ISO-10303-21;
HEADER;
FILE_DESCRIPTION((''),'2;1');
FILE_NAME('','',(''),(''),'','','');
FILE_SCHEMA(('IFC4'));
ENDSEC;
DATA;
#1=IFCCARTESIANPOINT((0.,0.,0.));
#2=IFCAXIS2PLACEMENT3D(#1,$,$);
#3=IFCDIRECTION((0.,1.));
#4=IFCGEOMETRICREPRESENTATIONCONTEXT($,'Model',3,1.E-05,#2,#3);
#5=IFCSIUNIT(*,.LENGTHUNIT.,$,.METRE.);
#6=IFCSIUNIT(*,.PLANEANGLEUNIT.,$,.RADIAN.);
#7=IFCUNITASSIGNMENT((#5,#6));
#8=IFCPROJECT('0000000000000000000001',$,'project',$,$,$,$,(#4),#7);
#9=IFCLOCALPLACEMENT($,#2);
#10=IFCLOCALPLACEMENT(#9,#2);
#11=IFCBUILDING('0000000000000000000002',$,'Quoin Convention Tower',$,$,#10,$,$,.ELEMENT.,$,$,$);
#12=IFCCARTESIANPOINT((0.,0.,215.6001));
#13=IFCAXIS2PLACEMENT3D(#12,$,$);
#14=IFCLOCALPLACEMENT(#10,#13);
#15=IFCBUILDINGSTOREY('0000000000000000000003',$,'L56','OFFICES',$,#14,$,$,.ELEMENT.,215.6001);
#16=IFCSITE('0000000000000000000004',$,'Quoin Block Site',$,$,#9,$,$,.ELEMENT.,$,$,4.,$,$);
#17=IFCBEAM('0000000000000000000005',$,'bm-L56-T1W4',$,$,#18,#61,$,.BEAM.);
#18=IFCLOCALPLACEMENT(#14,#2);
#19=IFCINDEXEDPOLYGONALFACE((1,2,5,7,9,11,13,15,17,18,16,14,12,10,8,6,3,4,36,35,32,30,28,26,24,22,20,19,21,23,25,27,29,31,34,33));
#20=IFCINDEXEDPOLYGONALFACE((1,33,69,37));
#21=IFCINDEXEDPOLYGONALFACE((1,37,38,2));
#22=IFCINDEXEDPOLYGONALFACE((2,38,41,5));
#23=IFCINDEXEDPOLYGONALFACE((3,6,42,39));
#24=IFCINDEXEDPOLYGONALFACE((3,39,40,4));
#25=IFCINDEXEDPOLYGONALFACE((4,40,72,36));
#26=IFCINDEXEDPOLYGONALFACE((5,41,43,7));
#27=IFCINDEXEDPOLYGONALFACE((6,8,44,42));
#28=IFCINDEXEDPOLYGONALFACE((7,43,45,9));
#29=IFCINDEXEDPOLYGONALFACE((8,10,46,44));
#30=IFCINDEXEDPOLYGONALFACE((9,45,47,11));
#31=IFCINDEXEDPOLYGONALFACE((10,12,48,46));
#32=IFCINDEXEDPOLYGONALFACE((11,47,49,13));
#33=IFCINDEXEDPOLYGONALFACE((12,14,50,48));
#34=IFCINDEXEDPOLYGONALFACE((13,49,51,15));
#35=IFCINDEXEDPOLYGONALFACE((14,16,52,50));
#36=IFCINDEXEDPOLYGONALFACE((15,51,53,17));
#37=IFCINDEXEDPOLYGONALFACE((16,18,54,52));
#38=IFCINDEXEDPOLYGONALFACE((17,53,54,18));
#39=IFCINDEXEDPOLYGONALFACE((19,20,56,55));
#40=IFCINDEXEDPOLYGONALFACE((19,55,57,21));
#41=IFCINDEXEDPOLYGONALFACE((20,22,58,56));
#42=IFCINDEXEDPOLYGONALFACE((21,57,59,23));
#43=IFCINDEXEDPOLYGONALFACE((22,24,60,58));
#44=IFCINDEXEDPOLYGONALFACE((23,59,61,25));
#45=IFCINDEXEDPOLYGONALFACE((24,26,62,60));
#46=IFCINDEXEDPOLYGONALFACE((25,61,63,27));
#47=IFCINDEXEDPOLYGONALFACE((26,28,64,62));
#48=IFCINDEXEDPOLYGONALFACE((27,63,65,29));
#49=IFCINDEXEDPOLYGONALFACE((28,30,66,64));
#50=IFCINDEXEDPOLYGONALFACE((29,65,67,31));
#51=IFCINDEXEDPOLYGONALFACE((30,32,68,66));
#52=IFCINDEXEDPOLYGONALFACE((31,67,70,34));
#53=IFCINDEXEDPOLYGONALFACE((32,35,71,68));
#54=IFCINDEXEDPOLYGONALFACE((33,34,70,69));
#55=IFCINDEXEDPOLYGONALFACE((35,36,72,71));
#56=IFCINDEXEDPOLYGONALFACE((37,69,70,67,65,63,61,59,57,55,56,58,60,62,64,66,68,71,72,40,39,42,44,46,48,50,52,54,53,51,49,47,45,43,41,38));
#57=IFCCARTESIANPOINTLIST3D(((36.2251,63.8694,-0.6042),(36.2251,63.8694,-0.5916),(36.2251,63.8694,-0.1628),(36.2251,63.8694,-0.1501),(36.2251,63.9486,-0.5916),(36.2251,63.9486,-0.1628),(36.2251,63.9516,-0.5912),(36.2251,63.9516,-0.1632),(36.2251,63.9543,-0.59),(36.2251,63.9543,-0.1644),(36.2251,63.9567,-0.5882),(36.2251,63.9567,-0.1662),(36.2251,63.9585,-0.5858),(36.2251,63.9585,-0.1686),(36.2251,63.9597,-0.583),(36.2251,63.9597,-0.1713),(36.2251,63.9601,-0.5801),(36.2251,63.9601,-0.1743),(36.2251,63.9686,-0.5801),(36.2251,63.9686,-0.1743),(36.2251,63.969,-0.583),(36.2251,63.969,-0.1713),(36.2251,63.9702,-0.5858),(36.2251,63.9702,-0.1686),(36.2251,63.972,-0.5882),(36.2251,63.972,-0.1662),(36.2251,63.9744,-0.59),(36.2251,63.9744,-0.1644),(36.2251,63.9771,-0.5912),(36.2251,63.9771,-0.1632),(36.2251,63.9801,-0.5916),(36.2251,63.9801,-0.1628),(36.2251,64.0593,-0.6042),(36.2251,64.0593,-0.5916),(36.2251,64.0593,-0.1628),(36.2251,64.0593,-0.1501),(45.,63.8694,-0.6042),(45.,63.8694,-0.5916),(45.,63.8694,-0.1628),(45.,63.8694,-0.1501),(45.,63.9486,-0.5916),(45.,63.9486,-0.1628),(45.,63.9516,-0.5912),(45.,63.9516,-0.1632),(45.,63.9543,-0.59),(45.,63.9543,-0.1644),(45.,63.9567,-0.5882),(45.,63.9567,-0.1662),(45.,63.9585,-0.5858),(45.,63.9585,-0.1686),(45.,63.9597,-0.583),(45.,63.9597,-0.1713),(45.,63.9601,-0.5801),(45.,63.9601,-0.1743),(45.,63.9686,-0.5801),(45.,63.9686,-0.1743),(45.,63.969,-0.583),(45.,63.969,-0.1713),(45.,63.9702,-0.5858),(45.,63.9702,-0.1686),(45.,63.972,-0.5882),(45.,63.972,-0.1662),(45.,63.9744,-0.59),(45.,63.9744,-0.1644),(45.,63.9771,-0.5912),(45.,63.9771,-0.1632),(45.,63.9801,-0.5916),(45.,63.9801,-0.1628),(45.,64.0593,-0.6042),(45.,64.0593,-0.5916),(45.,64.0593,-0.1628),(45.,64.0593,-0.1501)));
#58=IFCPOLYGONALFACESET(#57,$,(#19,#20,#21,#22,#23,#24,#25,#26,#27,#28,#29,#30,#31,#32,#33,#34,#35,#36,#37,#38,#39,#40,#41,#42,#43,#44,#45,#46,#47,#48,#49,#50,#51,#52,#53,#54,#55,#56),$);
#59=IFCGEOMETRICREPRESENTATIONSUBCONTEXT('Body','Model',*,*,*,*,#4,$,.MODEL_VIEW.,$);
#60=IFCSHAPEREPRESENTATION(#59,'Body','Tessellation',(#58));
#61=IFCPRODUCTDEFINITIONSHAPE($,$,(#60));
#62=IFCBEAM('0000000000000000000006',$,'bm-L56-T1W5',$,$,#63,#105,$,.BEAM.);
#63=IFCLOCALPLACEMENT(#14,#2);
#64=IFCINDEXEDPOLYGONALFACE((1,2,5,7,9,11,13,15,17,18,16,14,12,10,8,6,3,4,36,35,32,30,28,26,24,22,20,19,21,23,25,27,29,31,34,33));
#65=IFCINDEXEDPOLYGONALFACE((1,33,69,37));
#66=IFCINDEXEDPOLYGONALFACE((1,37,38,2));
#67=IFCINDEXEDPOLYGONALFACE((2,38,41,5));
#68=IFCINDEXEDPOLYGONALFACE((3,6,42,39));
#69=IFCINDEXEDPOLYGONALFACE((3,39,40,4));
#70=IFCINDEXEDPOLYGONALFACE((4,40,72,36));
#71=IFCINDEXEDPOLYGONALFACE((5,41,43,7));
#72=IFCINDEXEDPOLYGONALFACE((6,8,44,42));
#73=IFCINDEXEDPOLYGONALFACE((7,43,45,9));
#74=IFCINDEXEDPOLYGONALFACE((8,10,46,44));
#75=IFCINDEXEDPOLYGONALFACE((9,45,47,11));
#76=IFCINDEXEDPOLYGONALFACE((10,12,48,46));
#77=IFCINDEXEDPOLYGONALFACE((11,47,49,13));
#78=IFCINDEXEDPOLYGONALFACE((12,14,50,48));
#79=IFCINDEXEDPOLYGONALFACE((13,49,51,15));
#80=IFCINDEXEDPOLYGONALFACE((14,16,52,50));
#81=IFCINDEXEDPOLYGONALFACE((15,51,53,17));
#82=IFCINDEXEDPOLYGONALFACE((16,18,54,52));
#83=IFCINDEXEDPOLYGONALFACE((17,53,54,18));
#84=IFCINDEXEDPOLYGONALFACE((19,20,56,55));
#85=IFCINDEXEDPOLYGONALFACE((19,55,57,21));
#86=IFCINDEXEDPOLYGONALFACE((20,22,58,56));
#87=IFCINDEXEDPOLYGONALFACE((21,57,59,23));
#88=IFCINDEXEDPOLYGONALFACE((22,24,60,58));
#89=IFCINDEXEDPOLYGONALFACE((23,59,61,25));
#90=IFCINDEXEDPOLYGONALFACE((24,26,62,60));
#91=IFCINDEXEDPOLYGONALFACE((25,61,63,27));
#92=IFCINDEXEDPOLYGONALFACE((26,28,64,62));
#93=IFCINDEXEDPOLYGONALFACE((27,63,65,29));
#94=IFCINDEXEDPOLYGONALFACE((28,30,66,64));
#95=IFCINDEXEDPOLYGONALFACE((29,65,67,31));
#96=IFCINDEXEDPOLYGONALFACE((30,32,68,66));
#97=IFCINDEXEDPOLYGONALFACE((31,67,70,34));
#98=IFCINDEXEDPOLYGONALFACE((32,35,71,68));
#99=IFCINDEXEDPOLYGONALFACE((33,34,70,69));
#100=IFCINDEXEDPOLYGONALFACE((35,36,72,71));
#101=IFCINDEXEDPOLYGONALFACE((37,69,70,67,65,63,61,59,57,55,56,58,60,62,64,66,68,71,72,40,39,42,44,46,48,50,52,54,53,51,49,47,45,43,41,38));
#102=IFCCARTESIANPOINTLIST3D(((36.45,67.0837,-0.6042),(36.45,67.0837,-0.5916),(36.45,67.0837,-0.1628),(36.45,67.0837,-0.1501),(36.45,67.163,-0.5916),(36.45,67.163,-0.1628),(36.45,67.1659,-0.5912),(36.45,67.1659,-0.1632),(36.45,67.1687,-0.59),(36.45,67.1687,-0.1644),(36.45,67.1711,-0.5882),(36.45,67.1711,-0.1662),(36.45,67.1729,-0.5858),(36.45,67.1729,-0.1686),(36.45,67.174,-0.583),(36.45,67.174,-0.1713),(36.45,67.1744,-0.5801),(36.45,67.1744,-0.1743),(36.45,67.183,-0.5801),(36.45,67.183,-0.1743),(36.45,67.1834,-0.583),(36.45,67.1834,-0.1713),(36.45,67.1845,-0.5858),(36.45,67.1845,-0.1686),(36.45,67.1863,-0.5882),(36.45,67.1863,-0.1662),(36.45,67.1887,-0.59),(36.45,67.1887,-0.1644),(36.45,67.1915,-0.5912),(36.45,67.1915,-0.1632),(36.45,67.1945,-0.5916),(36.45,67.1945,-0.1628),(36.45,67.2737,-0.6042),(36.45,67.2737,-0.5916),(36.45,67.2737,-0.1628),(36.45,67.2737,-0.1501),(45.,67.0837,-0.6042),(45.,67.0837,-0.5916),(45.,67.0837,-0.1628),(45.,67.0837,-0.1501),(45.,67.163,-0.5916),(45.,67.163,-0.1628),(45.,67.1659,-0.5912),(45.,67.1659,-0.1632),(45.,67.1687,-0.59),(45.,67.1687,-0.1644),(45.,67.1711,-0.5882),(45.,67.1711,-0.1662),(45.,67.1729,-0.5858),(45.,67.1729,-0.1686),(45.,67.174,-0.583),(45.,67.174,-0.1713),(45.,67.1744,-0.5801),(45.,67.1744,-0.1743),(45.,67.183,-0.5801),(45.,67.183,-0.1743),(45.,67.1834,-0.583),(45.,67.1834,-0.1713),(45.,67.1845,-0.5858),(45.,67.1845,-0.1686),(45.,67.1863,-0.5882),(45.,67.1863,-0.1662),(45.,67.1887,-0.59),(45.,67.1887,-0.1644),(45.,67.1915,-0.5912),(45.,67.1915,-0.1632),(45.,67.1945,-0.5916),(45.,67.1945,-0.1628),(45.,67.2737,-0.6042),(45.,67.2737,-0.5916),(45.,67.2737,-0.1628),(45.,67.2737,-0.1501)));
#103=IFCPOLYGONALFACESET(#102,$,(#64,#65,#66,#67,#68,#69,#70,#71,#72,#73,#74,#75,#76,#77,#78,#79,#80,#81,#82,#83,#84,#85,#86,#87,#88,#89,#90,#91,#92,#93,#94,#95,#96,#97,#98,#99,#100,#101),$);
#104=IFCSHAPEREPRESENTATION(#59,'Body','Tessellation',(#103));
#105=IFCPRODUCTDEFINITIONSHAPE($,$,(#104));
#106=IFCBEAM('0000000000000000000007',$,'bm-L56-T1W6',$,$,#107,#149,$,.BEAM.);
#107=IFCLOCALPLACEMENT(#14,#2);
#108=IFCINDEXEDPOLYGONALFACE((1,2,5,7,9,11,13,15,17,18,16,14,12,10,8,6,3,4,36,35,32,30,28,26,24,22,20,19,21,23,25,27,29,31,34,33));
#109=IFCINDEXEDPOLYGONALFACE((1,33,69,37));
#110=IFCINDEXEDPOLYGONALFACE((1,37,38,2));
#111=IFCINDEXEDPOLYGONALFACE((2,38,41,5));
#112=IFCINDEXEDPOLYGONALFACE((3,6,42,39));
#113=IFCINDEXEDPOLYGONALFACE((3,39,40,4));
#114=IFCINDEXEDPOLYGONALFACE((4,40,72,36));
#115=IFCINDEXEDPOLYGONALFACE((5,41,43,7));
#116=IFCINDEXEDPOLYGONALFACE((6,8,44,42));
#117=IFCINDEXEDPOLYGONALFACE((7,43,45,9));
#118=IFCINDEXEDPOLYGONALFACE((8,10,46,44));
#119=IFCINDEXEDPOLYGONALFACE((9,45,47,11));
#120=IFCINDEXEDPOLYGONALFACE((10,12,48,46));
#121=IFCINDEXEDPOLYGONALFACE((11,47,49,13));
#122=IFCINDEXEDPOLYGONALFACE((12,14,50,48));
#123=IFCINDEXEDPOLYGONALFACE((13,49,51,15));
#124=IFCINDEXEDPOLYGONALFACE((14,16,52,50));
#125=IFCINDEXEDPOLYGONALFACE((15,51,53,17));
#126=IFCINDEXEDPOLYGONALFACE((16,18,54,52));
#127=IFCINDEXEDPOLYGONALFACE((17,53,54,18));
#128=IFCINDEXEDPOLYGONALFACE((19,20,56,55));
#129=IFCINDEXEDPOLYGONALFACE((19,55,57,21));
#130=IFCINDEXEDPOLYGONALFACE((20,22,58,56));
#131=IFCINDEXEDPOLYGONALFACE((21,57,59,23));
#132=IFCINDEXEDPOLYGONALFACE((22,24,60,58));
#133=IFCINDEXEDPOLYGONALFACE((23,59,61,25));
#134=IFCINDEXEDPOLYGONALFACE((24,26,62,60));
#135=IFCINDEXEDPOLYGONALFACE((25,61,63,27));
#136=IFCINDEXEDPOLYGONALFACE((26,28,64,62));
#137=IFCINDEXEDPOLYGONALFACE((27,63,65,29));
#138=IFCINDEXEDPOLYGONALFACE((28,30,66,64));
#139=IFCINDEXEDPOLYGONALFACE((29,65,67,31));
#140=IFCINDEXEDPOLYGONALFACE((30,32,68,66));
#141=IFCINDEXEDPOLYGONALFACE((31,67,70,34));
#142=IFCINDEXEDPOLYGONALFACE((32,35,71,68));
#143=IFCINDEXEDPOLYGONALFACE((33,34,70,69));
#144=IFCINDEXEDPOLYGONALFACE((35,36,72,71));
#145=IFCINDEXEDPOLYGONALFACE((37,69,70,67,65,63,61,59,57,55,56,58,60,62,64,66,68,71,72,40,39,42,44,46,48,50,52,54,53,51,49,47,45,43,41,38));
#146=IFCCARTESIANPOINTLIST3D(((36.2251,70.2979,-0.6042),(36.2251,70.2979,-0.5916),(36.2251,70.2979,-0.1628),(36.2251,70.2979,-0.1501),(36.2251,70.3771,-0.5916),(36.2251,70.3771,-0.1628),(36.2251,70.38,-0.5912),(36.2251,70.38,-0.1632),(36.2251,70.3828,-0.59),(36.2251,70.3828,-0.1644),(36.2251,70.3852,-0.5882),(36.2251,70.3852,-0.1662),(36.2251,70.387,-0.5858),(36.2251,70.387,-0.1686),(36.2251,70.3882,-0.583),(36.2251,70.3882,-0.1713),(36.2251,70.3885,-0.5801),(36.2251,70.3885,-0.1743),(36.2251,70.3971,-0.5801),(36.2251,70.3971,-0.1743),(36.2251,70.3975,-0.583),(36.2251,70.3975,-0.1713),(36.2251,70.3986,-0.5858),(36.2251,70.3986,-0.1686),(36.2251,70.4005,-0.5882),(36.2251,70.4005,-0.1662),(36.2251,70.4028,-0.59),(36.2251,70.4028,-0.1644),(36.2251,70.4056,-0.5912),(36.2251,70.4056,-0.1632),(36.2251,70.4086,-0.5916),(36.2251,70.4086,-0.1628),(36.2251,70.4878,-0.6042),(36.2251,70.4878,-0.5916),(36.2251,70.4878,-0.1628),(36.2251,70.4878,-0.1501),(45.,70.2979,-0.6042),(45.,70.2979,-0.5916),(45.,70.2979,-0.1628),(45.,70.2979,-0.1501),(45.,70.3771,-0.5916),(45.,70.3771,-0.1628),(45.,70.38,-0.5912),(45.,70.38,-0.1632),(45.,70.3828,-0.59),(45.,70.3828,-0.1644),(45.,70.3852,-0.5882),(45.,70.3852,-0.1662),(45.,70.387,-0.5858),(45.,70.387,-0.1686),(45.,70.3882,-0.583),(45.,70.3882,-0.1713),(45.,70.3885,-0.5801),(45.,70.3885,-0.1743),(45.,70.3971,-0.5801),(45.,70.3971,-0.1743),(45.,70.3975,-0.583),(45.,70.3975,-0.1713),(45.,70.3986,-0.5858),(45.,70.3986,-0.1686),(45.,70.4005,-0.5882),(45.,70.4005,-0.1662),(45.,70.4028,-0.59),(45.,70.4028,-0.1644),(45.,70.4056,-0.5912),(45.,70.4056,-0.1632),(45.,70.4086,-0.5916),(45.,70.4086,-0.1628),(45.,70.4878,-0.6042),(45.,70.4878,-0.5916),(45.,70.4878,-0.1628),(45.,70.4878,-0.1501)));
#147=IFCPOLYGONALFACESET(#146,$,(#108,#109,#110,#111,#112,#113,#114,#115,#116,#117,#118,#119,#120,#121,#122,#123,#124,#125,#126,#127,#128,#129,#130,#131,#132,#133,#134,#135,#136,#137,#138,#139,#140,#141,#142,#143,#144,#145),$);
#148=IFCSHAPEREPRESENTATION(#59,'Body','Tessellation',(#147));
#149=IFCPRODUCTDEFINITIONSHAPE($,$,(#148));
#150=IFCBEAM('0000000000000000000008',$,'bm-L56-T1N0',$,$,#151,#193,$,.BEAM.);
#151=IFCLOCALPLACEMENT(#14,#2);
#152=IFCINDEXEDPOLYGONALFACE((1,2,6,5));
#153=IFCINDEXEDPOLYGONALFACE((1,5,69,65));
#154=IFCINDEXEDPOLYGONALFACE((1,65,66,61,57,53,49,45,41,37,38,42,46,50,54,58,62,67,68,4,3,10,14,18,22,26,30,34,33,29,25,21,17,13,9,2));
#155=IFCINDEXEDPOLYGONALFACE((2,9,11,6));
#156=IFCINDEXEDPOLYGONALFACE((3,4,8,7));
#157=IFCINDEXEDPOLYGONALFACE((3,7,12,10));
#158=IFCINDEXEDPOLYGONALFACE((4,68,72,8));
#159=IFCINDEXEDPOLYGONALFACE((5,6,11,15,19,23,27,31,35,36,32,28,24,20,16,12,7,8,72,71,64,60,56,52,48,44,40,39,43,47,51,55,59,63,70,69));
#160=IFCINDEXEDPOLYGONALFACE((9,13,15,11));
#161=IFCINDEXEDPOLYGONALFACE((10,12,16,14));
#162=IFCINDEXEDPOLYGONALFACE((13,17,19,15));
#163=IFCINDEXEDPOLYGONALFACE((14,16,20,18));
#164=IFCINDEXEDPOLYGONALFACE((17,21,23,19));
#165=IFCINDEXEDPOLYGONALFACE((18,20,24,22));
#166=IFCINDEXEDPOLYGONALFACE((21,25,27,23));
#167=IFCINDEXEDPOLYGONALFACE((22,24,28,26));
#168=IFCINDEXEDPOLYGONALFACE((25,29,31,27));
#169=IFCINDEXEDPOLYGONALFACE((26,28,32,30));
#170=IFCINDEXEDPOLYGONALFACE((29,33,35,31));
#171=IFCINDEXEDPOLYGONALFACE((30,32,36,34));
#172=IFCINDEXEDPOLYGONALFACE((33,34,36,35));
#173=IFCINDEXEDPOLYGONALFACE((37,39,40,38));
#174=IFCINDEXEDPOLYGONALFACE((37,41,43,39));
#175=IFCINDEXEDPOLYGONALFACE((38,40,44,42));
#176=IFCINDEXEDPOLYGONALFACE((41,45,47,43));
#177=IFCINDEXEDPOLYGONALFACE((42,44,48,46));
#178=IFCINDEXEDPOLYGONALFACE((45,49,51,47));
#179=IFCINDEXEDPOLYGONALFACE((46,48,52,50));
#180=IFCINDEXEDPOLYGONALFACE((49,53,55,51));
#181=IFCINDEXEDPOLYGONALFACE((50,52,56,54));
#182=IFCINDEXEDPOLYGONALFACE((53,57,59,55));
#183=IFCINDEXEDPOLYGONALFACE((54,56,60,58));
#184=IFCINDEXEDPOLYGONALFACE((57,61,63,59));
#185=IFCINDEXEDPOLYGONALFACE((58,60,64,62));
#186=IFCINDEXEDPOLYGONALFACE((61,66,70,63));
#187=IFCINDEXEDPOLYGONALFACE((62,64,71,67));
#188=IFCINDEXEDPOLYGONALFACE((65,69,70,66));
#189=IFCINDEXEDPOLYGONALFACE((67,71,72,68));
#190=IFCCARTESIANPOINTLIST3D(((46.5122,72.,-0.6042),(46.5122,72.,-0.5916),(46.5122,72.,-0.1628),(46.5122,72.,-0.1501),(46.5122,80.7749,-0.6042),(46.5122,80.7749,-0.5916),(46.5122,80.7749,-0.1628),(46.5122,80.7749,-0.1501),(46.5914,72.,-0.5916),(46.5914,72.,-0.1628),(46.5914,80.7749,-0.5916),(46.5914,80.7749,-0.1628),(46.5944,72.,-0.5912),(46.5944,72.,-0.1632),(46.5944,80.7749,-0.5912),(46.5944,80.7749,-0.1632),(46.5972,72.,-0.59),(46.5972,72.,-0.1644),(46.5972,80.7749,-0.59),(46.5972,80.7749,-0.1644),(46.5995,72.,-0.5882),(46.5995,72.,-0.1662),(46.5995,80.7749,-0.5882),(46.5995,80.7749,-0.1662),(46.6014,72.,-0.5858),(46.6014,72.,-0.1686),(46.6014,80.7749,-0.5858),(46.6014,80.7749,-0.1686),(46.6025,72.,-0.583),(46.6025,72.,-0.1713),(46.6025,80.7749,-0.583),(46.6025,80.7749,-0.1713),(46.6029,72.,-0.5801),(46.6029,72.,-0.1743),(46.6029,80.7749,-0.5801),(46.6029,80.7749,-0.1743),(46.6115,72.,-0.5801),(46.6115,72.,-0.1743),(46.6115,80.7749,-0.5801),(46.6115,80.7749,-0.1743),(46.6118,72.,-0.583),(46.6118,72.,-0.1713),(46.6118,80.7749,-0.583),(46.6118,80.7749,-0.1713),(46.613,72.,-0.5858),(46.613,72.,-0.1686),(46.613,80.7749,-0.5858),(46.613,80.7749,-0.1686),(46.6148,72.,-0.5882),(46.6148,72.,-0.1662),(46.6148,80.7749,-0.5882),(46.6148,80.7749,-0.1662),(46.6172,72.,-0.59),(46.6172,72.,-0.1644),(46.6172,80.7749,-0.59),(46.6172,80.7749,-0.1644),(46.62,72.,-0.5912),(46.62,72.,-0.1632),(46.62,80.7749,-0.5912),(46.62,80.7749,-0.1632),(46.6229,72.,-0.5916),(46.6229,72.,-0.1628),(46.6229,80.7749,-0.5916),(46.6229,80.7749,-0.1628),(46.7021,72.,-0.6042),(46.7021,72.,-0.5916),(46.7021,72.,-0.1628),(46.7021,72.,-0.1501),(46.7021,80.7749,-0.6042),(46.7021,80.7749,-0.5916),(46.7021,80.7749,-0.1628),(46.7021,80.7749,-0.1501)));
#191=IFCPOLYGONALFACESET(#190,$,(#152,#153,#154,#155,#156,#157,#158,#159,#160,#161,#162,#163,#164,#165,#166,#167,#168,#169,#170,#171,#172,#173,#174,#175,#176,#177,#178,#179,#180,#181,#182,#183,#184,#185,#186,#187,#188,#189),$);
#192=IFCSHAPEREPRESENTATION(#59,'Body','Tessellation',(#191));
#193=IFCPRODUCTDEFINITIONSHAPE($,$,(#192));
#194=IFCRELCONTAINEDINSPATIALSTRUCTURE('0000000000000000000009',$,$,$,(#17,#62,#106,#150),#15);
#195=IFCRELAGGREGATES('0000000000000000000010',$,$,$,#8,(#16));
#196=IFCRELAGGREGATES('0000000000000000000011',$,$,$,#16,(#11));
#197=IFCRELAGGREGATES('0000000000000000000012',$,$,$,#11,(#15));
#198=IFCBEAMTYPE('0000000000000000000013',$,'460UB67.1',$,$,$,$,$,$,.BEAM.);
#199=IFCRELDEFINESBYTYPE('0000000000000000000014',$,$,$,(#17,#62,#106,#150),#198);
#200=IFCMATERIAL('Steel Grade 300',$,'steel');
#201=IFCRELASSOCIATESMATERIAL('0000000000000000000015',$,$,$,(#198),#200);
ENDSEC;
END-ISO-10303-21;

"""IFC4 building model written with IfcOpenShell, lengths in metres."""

from ifc_helpers import new_model, si_unit, direction, frame, origin, origin_2d, place, context, subcontext, project, spatial, i_section, extrude, material, material_profile, profile_set, type_object, element, save


model = new_model("IFC4")

# Units and contexts
model_context = context("Model", 3, precision=1e-05, world=origin(), true_north=direction((0.0, 1.0)))
body_context = subcontext(model_context, "Body", "Model", "MODEL_VIEW")
ifc_project = project(units=[si_unit("LENGTHUNIT", "METRE"), si_unit("PLANEANGLEUNIT", "RADIAN")], contexts=[model_context])

# Site, building, storey
site_placement = place(None, origin())
site = spatial("IfcSite", under=ifc_project, at=site_placement, Name="Quoin Block Site", CompositionType="ELEMENT", RefElevation=4.0)
building_placement = place(site_placement, origin())
building = spatial("IfcBuilding", under=site, at=building_placement, Name="Quoin Convention Tower", CompositionType="ELEMENT")
storey_placement = place(building_placement, frame((0.0, 0.0, 215.6001)))
storey = spatial("IfcBuildingStorey", under=building, at=storey_placement, Name="L56", Description="OFFICES", CompositionType="ELEMENT", Elevation=215.6001)

# Beams
ifc_material_1 = material(Name="Steel Grade 300", Category="steel")
ifc_material_profile = material_profile(ifc_material_1, i_section(OverallWidth=0.1899, OverallDepth=0.4541, WebThickness=0.0085, FlangeThickness=0.0127, FilletRadius=0.0115, at=origin_2d()), Name="460UB67.1")
ifc_profile_set = profile_set([ifc_material_profile], Name="Steel Grade 300")
beam_type = type_object("IfcBeamType", Name="460UB67.1", PredefinedType="BEAM", material=ifc_profile_set)
beam_1_placement = place(storey_placement, frame((36.2251, 63.9644, -0.3772), z_axis=(1.0, 0.0, 0.0), x_axis=(0.0, 1.0, 0.0)))
element("IfcBeam", 1, at=beam_1_placement, inside=storey, type_object=beam_type, Name="bm-L56-T1W4", PredefinedType="BEAM", context=body_context, shape_type="SweptSolid", body=[
    extrude(i_section(OverallWidth=0.1899, OverallDepth=0.4541, WebThickness=0.0085, FlangeThickness=0.0127, FilletRadius=0.0115, at=origin_2d()), origin(), (0.0, 0.0, 1.0), 8.7749),
])
beam_2_placement = place(storey_placement, frame((36.45, 67.1787, -0.3772), z_axis=(1.0, 0.0, 0.0), x_axis=(0.0, 1.0, 0.0)))
element("IfcBeam", 2, at=beam_2_placement, inside=storey, type_object=beam_type, Name="bm-L56-T1W5", PredefinedType="BEAM", context=body_context, shape_type="SweptSolid", body=[
    extrude(i_section(OverallWidth=0.1899, OverallDepth=0.4541, WebThickness=0.0085, FlangeThickness=0.0127, FilletRadius=0.0115, at=origin_2d()), origin(), (0.0, 0.0, 1.0), 8.55),
])
for number, where, z_axis, x_axis, name in (
    (3, (36.2251, 70.3928, -0.3772), (1.0, 0.0, 0.0), (0.0, 1.0, 0.0), "bm-L56-T1W6"),
    (4, (46.6072, 72.0, -0.3772), (0.0, 1.0, 0.0), (-1.0, 0.0, 0.0), "bm-L56-T1N0"),
):
    element("IfcBeam", number, at=place(storey_placement, frame(where, z_axis=z_axis, x_axis=x_axis)), inside=storey, type_object=beam_type, Name=name, PredefinedType="BEAM", context=body_context, shape_type="SweptSolid", body=[
        extrude(i_section(OverallWidth=0.1899, OverallDepth=0.4541, WebThickness=0.0085, FlangeThickness=0.0127, FilletRadius=0.0115, at=origin_2d()), origin(), (0.0, 0.0, 1.0), 8.7749),
    ])

save(model, "model.ifc")
